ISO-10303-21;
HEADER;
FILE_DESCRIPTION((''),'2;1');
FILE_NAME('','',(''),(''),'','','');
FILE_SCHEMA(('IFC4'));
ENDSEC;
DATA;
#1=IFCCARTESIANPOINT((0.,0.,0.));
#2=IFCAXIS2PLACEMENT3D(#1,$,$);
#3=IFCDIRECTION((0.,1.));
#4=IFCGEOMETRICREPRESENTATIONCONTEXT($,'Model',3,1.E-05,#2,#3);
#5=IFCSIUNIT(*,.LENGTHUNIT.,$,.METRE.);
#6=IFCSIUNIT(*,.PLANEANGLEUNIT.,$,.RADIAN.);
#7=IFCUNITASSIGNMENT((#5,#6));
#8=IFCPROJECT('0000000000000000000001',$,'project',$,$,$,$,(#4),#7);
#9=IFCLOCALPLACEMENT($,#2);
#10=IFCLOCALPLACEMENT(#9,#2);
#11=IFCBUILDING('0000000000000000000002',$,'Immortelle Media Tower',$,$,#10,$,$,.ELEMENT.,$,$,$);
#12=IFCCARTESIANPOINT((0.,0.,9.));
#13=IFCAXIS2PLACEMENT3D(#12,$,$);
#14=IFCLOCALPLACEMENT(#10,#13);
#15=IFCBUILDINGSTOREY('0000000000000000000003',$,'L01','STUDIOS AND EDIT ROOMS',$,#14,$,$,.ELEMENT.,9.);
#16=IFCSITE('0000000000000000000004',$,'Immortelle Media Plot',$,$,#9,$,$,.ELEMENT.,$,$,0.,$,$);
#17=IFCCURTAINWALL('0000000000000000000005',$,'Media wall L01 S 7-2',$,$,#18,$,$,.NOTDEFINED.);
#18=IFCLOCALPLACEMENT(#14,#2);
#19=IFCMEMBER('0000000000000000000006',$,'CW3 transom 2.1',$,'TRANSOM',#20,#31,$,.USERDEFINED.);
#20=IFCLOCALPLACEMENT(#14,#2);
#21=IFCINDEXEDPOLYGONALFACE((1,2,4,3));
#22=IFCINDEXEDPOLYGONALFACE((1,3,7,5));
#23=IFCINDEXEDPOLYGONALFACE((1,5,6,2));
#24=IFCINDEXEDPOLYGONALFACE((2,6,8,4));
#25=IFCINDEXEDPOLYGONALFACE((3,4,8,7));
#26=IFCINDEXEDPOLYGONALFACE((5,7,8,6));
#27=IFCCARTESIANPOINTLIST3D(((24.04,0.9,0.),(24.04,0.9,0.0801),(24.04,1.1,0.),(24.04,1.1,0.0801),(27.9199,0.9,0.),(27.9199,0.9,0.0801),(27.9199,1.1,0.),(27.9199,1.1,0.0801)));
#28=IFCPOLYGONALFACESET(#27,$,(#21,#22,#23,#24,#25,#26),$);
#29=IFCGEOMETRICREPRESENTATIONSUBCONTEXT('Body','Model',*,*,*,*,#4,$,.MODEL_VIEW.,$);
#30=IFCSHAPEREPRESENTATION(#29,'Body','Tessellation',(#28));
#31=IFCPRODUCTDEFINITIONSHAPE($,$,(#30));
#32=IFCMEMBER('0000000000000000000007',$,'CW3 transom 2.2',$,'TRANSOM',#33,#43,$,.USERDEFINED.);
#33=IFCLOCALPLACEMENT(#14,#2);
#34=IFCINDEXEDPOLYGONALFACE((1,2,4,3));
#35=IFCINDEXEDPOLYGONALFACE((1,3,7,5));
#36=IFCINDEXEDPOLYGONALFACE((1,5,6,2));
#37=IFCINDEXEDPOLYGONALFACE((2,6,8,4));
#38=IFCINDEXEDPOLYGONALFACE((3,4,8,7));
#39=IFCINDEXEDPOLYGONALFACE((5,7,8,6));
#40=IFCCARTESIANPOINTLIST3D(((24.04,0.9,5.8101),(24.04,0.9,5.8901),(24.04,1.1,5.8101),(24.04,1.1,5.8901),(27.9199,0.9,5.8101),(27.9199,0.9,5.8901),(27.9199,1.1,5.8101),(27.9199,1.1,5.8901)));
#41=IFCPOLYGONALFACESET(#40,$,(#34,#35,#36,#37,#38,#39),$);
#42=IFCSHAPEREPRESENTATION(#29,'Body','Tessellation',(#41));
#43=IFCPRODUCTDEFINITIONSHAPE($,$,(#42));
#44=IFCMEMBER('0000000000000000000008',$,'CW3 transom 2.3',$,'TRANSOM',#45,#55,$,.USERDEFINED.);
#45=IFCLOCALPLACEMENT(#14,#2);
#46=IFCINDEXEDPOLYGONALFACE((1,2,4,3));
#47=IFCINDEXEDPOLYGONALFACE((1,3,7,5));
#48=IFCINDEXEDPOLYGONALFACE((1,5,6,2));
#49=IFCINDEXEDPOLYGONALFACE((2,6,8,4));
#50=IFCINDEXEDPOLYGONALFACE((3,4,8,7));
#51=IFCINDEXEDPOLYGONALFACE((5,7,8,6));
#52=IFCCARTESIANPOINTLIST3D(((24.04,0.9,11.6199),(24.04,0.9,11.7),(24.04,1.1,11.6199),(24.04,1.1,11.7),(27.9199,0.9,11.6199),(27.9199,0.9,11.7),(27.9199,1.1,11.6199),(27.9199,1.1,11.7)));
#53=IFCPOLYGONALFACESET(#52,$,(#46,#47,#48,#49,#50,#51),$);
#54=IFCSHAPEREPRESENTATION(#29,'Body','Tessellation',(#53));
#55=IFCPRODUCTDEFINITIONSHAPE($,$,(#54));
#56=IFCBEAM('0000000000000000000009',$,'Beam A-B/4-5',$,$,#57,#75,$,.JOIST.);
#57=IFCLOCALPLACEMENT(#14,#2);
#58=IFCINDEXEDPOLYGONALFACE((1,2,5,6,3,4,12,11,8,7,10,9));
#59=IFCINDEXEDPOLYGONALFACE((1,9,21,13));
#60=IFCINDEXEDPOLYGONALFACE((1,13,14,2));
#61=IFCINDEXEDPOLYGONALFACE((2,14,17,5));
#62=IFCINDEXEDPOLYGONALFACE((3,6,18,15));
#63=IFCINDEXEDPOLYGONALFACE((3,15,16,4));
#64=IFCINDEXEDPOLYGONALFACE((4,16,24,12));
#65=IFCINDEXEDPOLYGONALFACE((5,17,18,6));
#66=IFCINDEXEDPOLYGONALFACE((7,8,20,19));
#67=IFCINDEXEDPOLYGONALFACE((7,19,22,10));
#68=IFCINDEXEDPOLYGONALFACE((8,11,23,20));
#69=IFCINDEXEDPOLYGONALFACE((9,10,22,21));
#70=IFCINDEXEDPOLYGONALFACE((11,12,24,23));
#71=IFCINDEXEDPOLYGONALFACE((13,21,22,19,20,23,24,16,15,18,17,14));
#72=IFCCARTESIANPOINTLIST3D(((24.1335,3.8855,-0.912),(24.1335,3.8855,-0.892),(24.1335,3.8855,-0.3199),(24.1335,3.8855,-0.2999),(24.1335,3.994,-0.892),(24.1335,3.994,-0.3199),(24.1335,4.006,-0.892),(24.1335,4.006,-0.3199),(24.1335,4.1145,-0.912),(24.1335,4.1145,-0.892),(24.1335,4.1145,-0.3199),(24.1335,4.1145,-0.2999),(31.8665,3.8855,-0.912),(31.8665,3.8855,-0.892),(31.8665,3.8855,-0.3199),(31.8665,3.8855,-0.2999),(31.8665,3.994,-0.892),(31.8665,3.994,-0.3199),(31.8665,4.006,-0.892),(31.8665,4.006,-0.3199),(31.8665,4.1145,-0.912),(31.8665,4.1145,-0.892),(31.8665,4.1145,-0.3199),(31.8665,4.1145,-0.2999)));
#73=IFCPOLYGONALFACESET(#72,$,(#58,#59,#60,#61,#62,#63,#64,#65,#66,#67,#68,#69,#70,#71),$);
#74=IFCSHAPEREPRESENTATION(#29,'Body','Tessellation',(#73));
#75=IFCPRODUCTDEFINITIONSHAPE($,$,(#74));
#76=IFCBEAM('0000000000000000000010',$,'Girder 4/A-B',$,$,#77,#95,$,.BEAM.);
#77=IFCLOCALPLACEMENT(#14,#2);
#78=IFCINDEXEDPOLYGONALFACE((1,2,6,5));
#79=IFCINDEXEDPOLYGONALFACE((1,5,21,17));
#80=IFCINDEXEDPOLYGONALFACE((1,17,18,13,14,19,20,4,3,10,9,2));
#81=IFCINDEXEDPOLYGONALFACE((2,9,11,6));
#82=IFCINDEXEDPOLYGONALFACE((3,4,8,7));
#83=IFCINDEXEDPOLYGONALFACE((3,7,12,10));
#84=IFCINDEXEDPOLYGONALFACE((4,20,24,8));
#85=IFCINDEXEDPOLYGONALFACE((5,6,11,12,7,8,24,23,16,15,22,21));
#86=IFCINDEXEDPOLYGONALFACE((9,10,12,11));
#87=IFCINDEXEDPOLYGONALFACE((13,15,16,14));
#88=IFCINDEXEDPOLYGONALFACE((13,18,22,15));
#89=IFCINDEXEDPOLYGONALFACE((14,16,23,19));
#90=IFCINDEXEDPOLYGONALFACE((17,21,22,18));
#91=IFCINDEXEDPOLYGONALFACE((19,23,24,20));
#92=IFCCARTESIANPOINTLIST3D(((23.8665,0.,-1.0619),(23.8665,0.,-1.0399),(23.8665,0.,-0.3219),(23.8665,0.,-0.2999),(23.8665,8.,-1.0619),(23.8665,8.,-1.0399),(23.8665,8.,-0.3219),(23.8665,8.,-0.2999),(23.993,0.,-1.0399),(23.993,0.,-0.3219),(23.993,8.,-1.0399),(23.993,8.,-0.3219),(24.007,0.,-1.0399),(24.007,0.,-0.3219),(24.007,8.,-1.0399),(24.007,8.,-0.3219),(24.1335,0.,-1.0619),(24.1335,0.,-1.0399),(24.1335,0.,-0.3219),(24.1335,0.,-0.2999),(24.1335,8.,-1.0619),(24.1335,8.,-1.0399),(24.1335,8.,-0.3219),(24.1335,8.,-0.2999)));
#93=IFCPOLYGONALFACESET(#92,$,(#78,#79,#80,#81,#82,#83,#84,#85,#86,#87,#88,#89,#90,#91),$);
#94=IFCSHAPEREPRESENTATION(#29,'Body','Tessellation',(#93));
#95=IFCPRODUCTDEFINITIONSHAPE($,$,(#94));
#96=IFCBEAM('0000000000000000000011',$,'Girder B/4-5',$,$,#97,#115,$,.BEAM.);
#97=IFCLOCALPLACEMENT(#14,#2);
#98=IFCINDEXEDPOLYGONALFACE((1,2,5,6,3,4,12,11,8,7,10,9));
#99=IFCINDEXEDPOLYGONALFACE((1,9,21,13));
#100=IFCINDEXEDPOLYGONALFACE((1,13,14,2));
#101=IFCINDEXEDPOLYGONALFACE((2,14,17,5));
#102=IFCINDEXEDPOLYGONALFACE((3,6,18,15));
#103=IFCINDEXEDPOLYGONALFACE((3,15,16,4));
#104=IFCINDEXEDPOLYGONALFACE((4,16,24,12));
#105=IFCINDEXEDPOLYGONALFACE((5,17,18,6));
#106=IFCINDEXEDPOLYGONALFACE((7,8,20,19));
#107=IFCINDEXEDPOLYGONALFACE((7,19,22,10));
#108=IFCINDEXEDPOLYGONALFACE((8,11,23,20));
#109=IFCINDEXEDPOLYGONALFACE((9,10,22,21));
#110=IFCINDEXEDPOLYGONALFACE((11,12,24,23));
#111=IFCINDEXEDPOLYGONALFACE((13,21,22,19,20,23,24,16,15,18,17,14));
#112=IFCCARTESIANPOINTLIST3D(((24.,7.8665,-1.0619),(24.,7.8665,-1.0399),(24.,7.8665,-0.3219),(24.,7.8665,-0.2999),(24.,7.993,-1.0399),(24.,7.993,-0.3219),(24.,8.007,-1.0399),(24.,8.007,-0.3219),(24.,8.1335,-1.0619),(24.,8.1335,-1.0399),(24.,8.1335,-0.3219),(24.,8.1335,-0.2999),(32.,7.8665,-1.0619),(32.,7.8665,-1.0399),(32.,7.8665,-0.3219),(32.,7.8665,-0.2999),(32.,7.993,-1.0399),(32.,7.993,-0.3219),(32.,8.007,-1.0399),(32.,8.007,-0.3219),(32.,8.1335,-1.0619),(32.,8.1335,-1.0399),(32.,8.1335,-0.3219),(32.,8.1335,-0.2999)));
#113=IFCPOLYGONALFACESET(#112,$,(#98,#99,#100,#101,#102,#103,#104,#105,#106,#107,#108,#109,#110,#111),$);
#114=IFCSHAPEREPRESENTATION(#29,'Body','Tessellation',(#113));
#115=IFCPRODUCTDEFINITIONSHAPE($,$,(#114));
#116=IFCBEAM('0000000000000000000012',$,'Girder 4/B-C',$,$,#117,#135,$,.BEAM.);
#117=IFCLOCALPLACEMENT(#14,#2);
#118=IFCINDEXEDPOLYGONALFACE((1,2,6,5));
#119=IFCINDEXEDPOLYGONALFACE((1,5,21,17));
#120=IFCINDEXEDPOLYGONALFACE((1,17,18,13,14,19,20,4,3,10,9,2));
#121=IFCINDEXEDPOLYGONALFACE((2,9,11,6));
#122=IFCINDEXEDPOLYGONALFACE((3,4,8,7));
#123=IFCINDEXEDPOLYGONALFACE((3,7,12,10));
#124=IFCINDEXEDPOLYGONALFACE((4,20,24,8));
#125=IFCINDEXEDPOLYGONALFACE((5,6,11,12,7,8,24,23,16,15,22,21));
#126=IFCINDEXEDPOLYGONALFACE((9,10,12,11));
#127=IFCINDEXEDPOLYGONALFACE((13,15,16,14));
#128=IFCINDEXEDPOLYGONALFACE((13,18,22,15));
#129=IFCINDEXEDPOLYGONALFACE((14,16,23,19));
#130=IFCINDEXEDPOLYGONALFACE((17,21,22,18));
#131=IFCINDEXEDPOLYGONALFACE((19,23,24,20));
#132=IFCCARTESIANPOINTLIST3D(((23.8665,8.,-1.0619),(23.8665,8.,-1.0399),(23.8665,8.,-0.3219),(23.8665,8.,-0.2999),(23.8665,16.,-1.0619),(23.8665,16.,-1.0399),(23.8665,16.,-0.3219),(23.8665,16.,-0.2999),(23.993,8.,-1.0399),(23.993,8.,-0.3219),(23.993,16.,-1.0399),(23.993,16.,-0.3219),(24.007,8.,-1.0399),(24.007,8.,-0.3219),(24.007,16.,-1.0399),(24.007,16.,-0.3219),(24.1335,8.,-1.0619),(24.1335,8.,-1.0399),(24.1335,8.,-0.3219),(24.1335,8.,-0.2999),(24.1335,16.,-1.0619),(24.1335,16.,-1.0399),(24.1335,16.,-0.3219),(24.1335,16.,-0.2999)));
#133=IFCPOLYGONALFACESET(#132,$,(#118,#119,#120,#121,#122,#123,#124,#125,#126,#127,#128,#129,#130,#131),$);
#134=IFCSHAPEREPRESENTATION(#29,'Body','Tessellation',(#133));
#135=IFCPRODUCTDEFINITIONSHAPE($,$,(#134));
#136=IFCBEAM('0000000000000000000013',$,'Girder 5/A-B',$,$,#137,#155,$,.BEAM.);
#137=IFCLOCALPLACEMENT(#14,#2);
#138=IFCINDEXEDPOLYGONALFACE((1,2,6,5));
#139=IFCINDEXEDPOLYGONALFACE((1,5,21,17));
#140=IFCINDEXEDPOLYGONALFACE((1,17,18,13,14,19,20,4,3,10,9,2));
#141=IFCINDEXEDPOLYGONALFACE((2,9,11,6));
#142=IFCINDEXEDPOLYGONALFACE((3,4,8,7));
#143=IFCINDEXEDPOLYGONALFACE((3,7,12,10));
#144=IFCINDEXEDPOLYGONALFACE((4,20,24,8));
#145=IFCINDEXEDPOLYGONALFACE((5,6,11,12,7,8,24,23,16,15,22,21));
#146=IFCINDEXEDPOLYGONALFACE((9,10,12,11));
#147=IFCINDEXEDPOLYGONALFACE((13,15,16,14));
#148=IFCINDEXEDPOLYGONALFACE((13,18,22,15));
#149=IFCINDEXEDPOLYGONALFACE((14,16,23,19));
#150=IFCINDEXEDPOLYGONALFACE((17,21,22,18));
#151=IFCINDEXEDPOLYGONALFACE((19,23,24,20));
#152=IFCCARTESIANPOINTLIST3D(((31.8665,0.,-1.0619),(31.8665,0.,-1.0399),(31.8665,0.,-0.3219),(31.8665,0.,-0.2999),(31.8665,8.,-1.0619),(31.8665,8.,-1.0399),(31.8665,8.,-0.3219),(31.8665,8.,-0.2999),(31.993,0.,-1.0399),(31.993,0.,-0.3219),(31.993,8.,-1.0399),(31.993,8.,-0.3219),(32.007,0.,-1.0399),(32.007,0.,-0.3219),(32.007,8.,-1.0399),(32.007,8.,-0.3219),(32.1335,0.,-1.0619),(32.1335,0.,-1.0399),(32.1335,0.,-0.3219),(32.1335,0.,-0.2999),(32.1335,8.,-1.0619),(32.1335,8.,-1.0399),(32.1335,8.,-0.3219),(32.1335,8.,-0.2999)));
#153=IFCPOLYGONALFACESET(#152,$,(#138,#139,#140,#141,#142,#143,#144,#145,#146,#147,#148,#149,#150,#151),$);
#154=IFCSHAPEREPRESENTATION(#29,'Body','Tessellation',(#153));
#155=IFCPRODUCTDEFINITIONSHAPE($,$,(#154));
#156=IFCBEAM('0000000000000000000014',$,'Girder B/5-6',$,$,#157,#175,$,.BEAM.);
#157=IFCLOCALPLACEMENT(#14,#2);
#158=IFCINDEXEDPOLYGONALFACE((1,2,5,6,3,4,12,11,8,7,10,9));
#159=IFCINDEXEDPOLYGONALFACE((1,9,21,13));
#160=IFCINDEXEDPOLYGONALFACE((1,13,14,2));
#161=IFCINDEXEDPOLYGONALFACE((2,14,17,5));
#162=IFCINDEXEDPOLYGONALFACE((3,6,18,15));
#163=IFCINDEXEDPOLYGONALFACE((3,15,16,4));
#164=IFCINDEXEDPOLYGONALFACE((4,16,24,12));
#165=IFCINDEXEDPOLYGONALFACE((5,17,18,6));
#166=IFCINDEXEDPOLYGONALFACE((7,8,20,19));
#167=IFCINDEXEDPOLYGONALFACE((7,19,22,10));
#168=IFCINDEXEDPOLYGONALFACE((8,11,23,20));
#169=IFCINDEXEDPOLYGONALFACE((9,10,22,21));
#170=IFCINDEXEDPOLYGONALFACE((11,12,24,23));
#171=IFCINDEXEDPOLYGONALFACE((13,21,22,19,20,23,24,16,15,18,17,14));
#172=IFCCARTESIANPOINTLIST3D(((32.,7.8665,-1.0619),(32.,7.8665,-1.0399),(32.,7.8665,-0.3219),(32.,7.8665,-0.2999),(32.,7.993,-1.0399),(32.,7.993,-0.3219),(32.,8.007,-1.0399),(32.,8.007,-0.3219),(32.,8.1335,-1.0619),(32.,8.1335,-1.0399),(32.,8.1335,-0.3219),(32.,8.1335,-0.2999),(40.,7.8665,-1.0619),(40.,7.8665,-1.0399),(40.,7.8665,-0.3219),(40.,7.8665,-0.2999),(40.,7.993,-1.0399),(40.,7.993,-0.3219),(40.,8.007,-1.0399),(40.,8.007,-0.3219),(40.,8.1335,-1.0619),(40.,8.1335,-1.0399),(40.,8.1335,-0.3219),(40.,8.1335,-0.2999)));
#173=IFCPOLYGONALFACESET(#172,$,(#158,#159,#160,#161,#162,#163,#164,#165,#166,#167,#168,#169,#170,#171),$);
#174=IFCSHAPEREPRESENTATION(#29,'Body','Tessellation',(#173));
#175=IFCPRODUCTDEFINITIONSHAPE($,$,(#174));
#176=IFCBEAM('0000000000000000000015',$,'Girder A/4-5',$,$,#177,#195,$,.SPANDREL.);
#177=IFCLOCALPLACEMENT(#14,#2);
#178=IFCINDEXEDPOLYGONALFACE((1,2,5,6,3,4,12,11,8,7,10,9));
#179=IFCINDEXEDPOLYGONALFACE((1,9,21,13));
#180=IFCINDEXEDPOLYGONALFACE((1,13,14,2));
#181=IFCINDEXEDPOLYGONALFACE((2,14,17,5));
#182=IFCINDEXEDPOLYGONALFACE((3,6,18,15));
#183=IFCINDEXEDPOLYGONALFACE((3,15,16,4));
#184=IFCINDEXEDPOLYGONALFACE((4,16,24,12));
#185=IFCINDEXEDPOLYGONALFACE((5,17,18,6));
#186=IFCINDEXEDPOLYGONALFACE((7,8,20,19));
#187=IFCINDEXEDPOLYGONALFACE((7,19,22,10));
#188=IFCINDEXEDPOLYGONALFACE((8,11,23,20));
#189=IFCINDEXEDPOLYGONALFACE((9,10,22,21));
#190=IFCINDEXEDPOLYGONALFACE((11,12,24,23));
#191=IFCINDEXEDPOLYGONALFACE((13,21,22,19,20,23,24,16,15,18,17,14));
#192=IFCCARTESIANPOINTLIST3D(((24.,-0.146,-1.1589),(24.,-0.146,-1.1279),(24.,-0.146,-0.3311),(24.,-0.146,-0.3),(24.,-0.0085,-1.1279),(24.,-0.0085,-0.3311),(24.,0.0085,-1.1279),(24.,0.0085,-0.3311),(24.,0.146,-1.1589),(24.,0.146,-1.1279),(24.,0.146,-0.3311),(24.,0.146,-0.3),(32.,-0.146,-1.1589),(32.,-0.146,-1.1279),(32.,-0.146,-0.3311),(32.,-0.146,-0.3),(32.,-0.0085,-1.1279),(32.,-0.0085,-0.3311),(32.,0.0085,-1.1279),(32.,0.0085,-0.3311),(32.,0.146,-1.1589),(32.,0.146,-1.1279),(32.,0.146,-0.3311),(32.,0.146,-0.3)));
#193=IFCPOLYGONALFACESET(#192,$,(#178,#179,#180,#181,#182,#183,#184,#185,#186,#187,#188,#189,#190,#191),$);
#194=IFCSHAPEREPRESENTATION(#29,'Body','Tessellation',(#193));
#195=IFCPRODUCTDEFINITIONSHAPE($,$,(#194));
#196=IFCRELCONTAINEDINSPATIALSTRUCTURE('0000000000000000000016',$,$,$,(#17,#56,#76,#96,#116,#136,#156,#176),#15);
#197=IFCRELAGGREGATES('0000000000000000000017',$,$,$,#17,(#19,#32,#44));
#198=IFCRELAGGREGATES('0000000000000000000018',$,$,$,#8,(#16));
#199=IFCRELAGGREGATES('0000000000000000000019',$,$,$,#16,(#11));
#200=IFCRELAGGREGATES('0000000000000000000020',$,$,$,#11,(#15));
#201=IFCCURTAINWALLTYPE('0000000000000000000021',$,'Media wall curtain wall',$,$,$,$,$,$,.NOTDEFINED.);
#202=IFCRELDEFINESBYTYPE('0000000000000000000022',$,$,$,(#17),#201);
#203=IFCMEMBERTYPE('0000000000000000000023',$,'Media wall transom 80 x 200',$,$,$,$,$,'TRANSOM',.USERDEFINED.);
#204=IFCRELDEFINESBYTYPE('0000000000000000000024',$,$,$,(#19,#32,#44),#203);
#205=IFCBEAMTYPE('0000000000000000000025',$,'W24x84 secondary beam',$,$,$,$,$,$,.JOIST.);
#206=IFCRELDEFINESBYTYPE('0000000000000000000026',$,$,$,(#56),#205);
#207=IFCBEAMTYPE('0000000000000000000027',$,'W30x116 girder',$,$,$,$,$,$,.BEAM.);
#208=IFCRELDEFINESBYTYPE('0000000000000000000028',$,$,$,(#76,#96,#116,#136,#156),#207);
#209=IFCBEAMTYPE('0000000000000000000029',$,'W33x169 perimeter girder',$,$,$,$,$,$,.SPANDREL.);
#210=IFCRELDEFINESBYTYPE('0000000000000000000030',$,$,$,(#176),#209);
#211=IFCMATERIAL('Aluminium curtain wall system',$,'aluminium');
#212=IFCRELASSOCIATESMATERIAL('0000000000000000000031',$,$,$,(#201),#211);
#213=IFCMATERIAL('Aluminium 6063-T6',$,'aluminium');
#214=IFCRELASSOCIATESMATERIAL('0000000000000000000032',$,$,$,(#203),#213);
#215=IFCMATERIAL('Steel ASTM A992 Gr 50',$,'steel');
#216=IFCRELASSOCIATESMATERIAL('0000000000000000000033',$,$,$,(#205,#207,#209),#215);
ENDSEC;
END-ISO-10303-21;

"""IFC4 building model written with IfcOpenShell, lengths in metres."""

from ifc_helpers import new_model, si_unit, direction, frame, origin, origin_2d, place, context, subcontext, project, spatial, rectangle, i_section, extrude, material, material_profile, profile_set, type_object, element, aggregate, save


model = new_model("IFC4")

# Units and contexts
model_context = context("Model", 3, precision=1e-05, world=origin(), true_north=direction((0.0, 1.0)))
body_context = subcontext(model_context, "Body", "Model", "MODEL_VIEW")
ifc_project = project(units=[si_unit("LENGTHUNIT", "METRE"), si_unit("PLANEANGLEUNIT", "RADIAN")], contexts=[model_context])

# Site, building, storey
site_placement = place(None, origin())
site = spatial("IfcSite", under=ifc_project, at=site_placement, Name="Immortelle Media Plot", CompositionType="ELEMENT", RefElevation=0.0)
building_placement = place(site_placement, origin())
building = spatial("IfcBuilding", under=site, at=building_placement, Name="Immortelle Media Tower", CompositionType="ELEMENT")
storey_placement = place(building_placement, frame((0.0, 0.0, 9.0)))
storey = spatial("IfcBuildingStorey", under=building, at=storey_placement, Name="L01", Description="STUDIOS AND EDIT ROOMS", CompositionType="ELEMENT", Elevation=9.0)

# Shared definitions
ifc_material_1 = material(Name="Steel ASTM A992 Gr 50", Category="steel")

# Curtain wall, members
ifc_material_2 = material(Name="Aluminium curtain wall system", Category="aluminium")
curtain_wall_type = type_object("IfcCurtainWallType", Name="Media wall curtain wall", PredefinedType="NOTDEFINED", material=ifc_material_2)
curtain_wall_placement = place(storey_placement, origin())
curtain_wall = element("IfcCurtainWall", 1, at=curtain_wall_placement, inside=storey, type_object=curtain_wall_type, Name="Media wall L01 S 7-2", PredefinedType="NOTDEFINED")
ifc_material_3 = material(Name="Aluminium 6063-T6", Category="aluminium")
ifc_material_profile_1 = material_profile(ifc_material_3, rectangle(XDim=0.2, YDim=0.0801, at=origin_2d()), Name="AL 80x200")
ifc_profile_set_1 = profile_set([ifc_material_profile_1], Name="Aluminium 6063-T6")
member_type_1 = type_object("IfcMemberType", Name="Media wall transom 80 x 200", ElementType="TRANSOM", PredefinedType="USERDEFINED", material=ifc_profile_set_1)
member_1_placement = place(storey_placement, frame((24.04, 1.0, 0.04), z_axis=(1.0, 0.0, 0.0), x_axis=(0.0, 1.0, 0.0)))
member_1 = element("IfcMember", 2, at=member_1_placement, type_object=member_type_1, Name="CW3 transom 2.1", ObjectType="TRANSOM", PredefinedType="USERDEFINED", context=body_context, shape_type="SweptSolid", body=[
    extrude(rectangle(XDim=0.2, YDim=0.0801, at=origin_2d()), origin(), (0.0, 0.0, 1.0), 3.8799),
])
member_2_placement = place(storey_placement, frame((24.04, 1.0, 5.8501), z_axis=(1.0, 0.0, 0.0), x_axis=(0.0, 1.0, 0.0)))
member_2 = element("IfcMember", 3, at=member_2_placement, type_object=member_type_1, Name="CW3 transom 2.2", ObjectType="TRANSOM", PredefinedType="USERDEFINED", context=body_context, shape_type="SweptSolid", body=[
    extrude(rectangle(XDim=0.2, YDim=0.0801, at=origin_2d()), origin(), (0.0, 0.0, 1.0), 3.8799),
])
member_3_placement = place(storey_placement, frame((24.04, 1.0, 11.6599), z_axis=(1.0, 0.0, 0.0), x_axis=(0.0, 1.0, 0.0)))
member_3 = element("IfcMember", 4, at=member_3_placement, type_object=member_type_1, Name="CW3 transom 2.3", ObjectType="TRANSOM", PredefinedType="USERDEFINED", context=body_context, shape_type="SweptSolid", body=[
    extrude(rectangle(XDim=0.2, YDim=0.0801, at=origin_2d()), origin(), (0.0, 0.0, 1.0), 3.8799),
])

# Beams
ifc_material_profile_2 = material_profile(ifc_material_1, i_section(OverallWidth=0.229, OverallDepth=0.6121, WebThickness=0.012, FlangeThickness=0.02, at=origin_2d()), Name="W24x84")
ifc_profile_set_2 = profile_set([ifc_material_profile_2], Name="Steel ASTM A992 Gr 50")
beam_type_1 = type_object("IfcBeamType", Name="W24x84 secondary beam", PredefinedType="JOIST", material=ifc_profile_set_2)
beam_placement = place(storey_placement, frame((24.1335, 4.0, -0.606), z_axis=(1.0, 0.0, 0.0), x_axis=(0.0, 1.0, 0.0)))
element("IfcBeam", 5, at=beam_placement, inside=storey, type_object=beam_type_1, Name="Beam A-B/4-5", PredefinedType="JOIST", context=body_context, shape_type="SweptSolid", body=[
    extrude(i_section(OverallWidth=0.229, OverallDepth=0.6121, WebThickness=0.012, FlangeThickness=0.02, at=origin_2d()), origin(), (0.0, 0.0, 1.0), 7.7329),
])
ifc_material_profile_3 = material_profile(ifc_material_1, i_section(OverallWidth=0.2671, OverallDepth=0.762, WebThickness=0.0139, FlangeThickness=0.022, at=origin_2d()), Name="W30x116")
ifc_profile_set_3 = profile_set([ifc_material_profile_3], Name="Steel ASTM A992 Gr 50")
beam_type_2 = type_object("IfcBeamType", Name="W30x116 girder", PredefinedType="BEAM", material=ifc_profile_set_3)
for number, where, z_axis, x_axis, name in (
    (6, (24.0, 0.0, -0.6809), (0.0, 1.0, 0.0), (-1.0, 0.0, 0.0), "Girder 4/A-B"),
    (7, (24.0, 8.0, -0.6809), (1.0, 0.0, 0.0), (0.0, 1.0, 0.0), "Girder B/4-5"),
    (8, (24.0, 8.0, -0.6809), (0.0, 1.0, 0.0), (-1.0, 0.0, 0.0), "Girder 4/B-C"),
    (9, (32.0, 0.0, -0.6809), (0.0, 1.0, 0.0), (-1.0, 0.0, 0.0), "Girder 5/A-B"),
    (10, (32.0, 8.0, -0.6809), (1.0, 0.0, 0.0), (0.0, 1.0, 0.0), "Girder B/5-6"),
):
    element("IfcBeam", number, at=place(storey_placement, frame(where, z_axis=z_axis, x_axis=x_axis)), inside=storey, type_object=beam_type_2, Name=name, PredefinedType="BEAM", context=body_context, shape_type="SweptSolid", body=[
        extrude(i_section(OverallWidth=0.2671, OverallDepth=0.762, WebThickness=0.0139, FlangeThickness=0.022, at=origin_2d()), origin(), (0.0, 0.0, 1.0), 8.0),
    ])
ifc_material_profile_4 = material_profile(ifc_material_1, i_section(OverallWidth=0.292, OverallDepth=0.8589, WebThickness=0.0171, FlangeThickness=0.031, at=origin_2d()), Name="W33x169")
ifc_profile_set_4 = profile_set([ifc_material_profile_4], Name="Steel ASTM A992 Gr 50")
beam_type_3 = type_object("IfcBeamType", Name="W33x169 perimeter girder", PredefinedType="SPANDREL", material=ifc_profile_set_4)
for number, where, z_axis, x_axis, name in (
    (11, (24.0, 0.0, -0.7295), (1.0, 0.0, 0.0), (0.0, 1.0, 0.0), "Girder A/4-5"),
):
    element("IfcBeam", number, at=place(storey_placement, frame(where, z_axis=z_axis, x_axis=x_axis)), inside=storey, type_object=beam_type_3, Name=name, PredefinedType="SPANDREL", context=body_context, shape_type="SweptSolid", body=[
        extrude(i_section(OverallWidth=0.292, OverallDepth=0.8589, WebThickness=0.0171, FlangeThickness=0.031, at=origin_2d()), origin(), (0.0, 0.0, 1.0), 8.0),
    ])

aggregate(curtain_wall, [member_1, member_2, member_3])

save(model, "model.ifc")
